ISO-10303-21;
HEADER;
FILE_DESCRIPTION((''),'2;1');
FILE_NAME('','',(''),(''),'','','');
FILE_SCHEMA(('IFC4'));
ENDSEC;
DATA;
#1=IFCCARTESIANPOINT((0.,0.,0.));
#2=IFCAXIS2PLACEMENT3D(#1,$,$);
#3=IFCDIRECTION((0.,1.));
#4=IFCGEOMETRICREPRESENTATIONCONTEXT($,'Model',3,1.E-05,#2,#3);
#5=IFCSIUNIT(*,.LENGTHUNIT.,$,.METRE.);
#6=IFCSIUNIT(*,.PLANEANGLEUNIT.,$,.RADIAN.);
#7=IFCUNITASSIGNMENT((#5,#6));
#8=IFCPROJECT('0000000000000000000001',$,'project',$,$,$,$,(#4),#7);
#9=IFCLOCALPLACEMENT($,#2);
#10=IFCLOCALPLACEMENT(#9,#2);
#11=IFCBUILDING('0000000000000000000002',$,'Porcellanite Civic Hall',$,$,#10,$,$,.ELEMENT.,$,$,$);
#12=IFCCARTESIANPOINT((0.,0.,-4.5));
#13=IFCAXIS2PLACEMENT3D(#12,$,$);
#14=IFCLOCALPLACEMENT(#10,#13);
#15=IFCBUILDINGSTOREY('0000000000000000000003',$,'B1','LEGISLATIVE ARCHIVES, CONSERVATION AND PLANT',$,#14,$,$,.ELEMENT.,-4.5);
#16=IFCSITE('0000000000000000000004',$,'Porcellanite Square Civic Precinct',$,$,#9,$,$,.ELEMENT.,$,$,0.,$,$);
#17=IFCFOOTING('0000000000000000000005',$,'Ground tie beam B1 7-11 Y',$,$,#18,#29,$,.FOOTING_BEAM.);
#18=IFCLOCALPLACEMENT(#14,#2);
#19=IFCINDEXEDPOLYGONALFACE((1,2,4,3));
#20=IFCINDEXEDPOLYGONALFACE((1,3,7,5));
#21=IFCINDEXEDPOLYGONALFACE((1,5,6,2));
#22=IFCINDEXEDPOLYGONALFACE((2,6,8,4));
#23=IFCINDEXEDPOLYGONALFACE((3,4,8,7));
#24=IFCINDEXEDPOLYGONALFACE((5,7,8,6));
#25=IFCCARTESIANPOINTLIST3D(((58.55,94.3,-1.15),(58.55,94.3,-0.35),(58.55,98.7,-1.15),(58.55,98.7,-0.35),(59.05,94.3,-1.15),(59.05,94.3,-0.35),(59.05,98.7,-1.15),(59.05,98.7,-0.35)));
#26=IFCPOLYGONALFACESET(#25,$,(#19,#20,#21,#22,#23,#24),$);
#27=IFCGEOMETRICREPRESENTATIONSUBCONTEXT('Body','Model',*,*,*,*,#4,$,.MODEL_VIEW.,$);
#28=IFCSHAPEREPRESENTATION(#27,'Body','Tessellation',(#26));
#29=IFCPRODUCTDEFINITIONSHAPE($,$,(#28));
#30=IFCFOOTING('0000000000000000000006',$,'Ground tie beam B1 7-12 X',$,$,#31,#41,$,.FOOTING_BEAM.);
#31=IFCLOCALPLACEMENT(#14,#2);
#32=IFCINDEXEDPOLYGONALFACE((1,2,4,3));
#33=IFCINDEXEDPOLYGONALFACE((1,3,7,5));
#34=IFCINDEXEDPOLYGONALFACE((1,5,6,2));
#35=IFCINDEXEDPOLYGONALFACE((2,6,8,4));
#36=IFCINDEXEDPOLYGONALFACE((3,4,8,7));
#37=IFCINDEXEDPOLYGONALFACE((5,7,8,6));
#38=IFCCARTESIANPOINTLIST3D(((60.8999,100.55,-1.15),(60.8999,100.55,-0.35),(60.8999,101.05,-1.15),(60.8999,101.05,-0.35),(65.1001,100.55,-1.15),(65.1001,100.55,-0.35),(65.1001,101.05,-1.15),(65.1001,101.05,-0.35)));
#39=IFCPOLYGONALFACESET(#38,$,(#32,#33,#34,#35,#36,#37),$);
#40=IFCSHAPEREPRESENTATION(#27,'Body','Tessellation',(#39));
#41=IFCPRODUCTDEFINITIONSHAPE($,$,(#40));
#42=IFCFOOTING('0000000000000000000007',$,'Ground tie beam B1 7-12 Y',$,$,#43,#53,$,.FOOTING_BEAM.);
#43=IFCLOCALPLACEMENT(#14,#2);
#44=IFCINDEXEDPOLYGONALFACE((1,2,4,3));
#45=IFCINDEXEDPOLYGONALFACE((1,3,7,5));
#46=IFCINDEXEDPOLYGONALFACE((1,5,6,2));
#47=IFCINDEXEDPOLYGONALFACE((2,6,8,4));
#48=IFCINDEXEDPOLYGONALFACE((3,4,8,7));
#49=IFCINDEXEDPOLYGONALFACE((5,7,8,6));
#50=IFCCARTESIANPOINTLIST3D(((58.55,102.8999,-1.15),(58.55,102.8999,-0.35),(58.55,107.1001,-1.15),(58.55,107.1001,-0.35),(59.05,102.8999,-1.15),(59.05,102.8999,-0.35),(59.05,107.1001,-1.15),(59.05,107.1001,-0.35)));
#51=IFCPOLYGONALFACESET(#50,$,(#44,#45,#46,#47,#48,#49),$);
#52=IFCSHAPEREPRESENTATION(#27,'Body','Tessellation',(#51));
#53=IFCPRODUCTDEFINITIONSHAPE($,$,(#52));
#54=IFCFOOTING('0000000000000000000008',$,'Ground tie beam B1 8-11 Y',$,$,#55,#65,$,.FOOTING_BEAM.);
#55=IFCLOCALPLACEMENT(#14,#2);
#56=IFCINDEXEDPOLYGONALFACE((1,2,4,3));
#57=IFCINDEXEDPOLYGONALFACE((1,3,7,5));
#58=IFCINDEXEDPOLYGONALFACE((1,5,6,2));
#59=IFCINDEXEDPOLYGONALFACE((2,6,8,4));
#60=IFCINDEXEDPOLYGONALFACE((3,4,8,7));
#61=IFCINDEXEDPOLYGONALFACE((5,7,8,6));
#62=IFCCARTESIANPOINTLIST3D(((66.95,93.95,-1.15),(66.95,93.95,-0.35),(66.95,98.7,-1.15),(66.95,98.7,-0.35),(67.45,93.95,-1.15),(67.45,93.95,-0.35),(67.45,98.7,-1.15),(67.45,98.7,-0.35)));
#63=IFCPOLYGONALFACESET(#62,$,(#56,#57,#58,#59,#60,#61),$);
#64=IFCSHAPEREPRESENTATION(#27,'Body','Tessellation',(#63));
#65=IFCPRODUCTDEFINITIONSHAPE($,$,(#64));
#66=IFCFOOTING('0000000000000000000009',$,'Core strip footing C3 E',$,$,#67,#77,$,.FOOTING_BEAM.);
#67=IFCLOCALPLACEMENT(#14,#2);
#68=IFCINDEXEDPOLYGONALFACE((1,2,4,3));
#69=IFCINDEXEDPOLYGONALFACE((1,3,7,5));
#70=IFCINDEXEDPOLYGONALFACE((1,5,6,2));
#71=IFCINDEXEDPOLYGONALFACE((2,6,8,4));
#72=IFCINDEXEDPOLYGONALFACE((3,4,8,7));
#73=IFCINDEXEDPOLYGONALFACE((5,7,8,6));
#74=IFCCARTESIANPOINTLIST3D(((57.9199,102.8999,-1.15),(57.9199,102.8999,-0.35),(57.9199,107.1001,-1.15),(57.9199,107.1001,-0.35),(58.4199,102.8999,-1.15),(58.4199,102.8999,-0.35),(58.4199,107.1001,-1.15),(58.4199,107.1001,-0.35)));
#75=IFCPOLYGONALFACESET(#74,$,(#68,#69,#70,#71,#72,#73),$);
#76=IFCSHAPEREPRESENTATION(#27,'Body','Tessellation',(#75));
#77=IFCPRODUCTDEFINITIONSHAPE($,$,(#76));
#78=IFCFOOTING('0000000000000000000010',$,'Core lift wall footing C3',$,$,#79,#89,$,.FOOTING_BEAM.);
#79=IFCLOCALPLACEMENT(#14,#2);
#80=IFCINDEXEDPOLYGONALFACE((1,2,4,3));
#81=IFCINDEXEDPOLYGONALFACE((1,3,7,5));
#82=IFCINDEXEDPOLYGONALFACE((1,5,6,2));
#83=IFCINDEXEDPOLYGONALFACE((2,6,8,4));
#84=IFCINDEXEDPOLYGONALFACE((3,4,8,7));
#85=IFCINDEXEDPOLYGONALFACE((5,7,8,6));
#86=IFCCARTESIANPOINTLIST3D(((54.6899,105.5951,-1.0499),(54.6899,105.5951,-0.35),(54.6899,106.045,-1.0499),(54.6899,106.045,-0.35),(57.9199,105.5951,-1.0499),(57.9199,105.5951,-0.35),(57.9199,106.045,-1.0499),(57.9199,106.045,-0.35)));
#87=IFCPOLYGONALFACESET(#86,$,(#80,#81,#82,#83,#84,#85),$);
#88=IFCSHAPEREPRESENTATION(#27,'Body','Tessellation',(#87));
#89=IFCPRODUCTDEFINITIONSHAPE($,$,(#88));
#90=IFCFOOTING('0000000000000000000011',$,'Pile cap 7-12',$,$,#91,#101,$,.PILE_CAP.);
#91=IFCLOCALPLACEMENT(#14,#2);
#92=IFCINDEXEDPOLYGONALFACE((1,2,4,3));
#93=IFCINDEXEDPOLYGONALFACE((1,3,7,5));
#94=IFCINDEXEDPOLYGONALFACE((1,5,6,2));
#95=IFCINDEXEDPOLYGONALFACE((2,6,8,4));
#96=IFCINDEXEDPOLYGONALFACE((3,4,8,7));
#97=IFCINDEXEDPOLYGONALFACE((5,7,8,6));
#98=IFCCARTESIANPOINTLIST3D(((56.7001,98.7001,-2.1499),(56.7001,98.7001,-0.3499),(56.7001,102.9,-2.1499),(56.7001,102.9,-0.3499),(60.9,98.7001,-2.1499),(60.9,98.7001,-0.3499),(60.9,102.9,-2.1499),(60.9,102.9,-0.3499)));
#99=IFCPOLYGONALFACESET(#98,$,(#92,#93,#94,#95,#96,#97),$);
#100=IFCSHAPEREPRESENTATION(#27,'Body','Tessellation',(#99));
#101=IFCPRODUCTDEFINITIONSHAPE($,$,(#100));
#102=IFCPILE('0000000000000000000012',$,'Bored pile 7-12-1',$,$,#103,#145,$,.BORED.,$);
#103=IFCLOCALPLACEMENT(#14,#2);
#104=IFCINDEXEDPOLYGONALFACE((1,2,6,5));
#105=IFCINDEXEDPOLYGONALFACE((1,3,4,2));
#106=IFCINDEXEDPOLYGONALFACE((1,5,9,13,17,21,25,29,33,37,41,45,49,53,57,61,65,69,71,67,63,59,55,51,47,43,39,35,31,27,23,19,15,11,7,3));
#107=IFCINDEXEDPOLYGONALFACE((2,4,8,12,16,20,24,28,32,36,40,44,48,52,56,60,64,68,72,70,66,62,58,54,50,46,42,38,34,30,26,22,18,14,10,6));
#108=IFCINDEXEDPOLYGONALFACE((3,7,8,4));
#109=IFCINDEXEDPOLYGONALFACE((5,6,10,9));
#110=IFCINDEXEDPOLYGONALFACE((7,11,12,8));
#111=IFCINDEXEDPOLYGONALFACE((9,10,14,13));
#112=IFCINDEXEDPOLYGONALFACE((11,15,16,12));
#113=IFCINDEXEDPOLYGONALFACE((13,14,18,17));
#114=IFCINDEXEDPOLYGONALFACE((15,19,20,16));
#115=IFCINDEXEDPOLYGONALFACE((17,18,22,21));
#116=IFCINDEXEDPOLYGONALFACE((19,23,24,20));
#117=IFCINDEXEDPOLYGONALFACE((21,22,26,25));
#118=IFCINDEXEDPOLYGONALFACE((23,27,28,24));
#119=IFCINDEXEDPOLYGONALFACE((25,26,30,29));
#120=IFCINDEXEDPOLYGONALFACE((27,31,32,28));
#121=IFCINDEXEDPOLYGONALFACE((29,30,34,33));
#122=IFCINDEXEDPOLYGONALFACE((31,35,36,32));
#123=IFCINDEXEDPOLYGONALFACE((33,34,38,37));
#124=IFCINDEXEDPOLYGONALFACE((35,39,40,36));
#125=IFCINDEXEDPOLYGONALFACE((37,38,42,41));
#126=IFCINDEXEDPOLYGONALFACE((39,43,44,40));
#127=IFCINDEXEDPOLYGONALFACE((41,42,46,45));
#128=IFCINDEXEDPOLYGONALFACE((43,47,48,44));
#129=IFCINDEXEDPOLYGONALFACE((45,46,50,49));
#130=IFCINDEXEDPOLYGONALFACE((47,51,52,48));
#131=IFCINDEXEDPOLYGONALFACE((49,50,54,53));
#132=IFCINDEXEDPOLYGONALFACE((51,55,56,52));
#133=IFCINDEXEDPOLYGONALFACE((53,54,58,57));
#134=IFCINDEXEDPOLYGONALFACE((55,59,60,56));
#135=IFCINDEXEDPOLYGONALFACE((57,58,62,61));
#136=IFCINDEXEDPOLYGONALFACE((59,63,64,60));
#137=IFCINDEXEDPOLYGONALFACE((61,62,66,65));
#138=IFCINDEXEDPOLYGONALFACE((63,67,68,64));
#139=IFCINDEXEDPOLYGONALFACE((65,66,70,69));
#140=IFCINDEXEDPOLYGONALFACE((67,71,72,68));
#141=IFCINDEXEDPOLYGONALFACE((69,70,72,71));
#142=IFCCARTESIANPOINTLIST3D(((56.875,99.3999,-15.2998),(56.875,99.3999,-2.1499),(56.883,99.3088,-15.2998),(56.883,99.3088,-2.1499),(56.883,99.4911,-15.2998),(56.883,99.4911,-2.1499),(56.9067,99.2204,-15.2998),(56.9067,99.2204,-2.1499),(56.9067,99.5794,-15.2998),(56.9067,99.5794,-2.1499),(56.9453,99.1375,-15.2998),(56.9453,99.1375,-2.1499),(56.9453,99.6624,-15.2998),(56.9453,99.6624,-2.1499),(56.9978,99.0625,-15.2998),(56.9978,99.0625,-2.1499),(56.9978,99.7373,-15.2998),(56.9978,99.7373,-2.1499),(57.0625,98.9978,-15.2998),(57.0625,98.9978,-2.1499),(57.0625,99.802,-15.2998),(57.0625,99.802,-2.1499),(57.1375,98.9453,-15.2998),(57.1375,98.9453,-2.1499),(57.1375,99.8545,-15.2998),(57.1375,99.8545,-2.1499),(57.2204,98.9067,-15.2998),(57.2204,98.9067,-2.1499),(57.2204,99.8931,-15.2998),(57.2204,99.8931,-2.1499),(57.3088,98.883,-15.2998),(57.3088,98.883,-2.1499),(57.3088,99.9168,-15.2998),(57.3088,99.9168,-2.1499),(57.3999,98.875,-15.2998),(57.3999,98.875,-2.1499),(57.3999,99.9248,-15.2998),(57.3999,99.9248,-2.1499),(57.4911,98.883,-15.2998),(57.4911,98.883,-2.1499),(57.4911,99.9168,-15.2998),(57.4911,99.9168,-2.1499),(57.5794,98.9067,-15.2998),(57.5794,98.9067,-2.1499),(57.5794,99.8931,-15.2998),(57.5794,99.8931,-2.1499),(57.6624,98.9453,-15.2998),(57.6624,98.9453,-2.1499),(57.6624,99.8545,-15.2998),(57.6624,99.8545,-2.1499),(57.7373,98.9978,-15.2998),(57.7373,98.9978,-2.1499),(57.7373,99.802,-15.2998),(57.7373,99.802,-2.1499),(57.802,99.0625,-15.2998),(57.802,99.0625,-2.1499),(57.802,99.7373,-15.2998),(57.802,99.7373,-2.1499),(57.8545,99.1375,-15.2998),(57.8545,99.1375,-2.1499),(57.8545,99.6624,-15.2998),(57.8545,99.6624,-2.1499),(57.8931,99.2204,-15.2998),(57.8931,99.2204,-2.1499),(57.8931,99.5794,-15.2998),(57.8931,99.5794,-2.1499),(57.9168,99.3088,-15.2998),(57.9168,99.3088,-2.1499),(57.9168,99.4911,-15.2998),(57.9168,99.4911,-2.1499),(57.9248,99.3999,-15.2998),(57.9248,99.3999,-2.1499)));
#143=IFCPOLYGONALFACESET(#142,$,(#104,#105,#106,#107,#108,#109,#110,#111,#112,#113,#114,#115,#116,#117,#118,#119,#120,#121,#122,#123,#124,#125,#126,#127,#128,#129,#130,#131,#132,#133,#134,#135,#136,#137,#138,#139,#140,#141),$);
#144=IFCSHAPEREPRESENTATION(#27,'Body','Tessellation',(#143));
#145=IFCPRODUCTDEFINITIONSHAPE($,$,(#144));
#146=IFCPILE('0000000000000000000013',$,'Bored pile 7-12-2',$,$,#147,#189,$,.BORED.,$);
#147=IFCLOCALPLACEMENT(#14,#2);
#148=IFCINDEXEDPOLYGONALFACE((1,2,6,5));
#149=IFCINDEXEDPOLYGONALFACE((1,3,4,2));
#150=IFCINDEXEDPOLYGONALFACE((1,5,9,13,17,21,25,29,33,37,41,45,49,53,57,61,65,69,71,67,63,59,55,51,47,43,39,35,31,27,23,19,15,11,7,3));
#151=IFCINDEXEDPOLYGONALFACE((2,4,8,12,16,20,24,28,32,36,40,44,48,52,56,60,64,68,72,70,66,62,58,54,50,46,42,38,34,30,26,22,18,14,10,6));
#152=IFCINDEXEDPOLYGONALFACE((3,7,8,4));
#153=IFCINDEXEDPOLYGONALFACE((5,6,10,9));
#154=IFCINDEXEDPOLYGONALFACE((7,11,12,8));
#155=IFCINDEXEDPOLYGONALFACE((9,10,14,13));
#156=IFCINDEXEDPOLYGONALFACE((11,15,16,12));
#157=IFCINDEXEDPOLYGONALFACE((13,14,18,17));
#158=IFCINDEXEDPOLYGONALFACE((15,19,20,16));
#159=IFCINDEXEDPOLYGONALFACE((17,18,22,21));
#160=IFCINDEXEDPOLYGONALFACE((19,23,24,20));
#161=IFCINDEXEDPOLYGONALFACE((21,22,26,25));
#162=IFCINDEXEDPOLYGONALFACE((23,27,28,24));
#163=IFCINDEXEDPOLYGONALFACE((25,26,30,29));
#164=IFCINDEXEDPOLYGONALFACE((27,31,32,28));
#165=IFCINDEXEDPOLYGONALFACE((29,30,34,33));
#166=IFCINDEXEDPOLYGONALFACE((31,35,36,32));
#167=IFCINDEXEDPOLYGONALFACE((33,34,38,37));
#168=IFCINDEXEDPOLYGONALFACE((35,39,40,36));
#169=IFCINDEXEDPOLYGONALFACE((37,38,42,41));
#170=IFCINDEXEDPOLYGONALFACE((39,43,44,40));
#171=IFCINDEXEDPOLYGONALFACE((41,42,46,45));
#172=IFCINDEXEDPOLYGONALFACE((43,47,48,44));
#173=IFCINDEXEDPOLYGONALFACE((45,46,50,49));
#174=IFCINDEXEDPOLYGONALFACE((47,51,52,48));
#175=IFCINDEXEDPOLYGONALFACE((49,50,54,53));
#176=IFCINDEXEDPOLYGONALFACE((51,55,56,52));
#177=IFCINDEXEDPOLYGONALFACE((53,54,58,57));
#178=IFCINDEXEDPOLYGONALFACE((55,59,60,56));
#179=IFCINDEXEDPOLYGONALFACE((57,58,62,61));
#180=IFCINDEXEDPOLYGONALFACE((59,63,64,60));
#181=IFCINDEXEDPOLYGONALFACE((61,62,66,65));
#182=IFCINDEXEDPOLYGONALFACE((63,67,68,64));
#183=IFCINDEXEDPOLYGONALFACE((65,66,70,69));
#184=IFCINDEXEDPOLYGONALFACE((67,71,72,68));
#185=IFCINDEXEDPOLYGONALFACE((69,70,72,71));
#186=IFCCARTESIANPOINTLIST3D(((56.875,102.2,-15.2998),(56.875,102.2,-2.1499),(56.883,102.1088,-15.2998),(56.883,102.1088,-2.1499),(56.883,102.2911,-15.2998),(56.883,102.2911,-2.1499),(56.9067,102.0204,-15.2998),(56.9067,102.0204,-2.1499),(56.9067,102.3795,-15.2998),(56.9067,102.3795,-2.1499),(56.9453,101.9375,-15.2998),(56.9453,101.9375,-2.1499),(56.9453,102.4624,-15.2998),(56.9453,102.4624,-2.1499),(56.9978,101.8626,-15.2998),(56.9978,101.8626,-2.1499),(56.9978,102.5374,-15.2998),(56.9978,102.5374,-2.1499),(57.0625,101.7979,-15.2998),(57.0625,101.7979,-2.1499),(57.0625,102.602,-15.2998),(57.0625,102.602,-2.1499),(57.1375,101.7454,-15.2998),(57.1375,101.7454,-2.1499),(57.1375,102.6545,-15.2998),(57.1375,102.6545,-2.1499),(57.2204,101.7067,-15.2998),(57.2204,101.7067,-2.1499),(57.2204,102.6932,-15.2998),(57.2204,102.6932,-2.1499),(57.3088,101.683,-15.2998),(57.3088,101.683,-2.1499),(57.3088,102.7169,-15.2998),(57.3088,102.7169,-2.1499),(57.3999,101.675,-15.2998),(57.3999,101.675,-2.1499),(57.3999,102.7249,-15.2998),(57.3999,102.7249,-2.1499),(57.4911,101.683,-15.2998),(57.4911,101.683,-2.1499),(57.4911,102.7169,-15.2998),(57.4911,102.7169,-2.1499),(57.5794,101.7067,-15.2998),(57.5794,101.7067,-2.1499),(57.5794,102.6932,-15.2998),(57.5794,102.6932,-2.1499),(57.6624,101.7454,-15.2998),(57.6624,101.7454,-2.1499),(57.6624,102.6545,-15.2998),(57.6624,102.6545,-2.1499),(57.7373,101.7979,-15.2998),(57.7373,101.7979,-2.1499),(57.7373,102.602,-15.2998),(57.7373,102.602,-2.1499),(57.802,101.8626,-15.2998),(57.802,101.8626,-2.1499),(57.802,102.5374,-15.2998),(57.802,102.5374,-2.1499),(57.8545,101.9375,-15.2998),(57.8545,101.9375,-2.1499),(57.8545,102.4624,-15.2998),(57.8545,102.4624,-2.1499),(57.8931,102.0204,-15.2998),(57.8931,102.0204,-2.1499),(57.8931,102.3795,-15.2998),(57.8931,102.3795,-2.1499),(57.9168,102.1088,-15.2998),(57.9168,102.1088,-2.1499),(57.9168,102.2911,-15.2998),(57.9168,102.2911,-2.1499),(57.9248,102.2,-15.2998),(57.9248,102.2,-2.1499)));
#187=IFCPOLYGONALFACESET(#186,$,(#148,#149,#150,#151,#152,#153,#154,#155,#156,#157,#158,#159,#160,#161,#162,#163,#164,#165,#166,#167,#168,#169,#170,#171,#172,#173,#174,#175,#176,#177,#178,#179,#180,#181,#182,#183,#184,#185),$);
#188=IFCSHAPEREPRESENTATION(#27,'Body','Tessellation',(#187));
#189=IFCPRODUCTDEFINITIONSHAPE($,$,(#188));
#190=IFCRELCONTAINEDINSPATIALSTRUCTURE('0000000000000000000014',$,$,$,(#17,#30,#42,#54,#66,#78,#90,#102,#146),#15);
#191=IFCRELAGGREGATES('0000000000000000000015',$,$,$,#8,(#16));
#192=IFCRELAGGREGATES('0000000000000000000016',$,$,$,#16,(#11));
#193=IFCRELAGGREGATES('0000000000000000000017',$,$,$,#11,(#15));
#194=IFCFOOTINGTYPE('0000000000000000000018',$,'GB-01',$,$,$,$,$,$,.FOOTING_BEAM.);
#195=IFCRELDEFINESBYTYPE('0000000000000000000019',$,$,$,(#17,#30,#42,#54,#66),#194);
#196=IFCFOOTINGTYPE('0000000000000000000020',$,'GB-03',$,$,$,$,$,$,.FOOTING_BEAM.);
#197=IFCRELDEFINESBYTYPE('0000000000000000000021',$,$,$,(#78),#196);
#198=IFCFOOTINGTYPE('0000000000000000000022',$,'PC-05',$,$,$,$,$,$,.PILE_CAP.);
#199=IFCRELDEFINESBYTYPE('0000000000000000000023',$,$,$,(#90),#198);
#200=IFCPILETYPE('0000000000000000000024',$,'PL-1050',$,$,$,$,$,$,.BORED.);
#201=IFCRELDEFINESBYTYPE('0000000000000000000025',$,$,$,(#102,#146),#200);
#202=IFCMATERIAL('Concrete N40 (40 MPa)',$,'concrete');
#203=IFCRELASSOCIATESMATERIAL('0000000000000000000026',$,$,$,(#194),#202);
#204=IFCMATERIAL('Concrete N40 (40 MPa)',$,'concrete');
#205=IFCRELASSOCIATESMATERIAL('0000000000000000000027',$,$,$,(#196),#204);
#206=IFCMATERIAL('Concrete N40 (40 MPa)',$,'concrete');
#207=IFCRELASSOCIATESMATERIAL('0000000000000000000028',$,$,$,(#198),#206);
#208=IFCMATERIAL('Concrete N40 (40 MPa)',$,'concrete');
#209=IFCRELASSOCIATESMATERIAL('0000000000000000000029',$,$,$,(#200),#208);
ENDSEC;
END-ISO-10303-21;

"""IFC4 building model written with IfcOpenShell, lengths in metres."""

from ifc_helpers import new_model, si_unit, direction, frame, origin, origin_2d, place, context, subcontext, project, spatial, rectangle, circle, extrude, material, material_profile, profile_set, type_object, element, save


model = new_model("IFC4")

# Units and contexts
model_context = context("Model", 3, precision=1e-05, world=origin(), true_north=direction((0.0, 1.0)))
body_context = subcontext(model_context, "Body", "Model", "MODEL_VIEW")
ifc_project = project(units=[si_unit("LENGTHUNIT", "METRE"), si_unit("PLANEANGLEUNIT", "RADIAN")], contexts=[model_context])

# Site, building, storey
site_placement = place(None, origin())
site = spatial("IfcSite", under=ifc_project, at=site_placement, Name="Porcellanite Square Civic Precinct", CompositionType="ELEMENT", RefElevation=0.0)
building_placement = place(site_placement, origin())
building = spatial("IfcBuilding", under=site, at=building_placement, Name="Porcellanite Civic Hall", CompositionType="ELEMENT")
storey_placement = place(building_placement, frame((0.0, 0.0, -4.5)))
storey = spatial("IfcBuildingStorey", under=building, at=storey_placement, Name="B1", Description="LEGISLATIVE ARCHIVES, CONSERVATION AND PLANT", CompositionType="ELEMENT", Elevation=-4.5)

# Footings
ifc_material_1 = material(Name="Concrete N40 (40 MPa)", Category="concrete")
ifc_material_profile_1 = material_profile(ifc_material_1, rectangle(XDim=0.5, YDim=0.8, at=origin_2d()), Name="RC-500x800")
ifc_profile_set_1 = profile_set([ifc_material_profile_1], Name="Concrete N40 (40 MPa)")
footing_type_1 = type_object("IfcFootingType", Name="GB-01", PredefinedType="FOOTING_BEAM", material=ifc_profile_set_1)
footing_1_placement = place(storey_placement, frame((58.8, 94.3, -0.75), z_axis=(0.0, 1.0, 0.0), x_axis=(-1.0, 0.0, 0.0)))
element("IfcFooting", 1, at=footing_1_placement, inside=storey, type_object=footing_type_1, Name="Ground tie beam B1 7-11 Y", PredefinedType="FOOTING_BEAM", context=body_context, shape_type="SweptSolid", body=[
    extrude(rectangle(XDim=0.5, YDim=0.8, at=origin_2d()), origin(), (0.0, 0.0, 1.0), 4.3999),
])
for number, where, z_axis, x_axis, name in (
    (2, (60.8999, 100.8, -0.75), (1.0, 0.0, 0.0), (0.0, 1.0, 0.0), "Ground tie beam B1 7-12 X"),
    (3, (58.8, 102.8999, -0.75), (0.0, 1.0, 0.0), (-1.0, 0.0, 0.0), "Ground tie beam B1 7-12 Y"),
):
    element("IfcFooting", number, at=place(storey_placement, frame(where, z_axis=z_axis, x_axis=x_axis)), inside=storey, type_object=footing_type_1, Name=name, PredefinedType="FOOTING_BEAM", context=body_context, shape_type="SweptSolid", body=[
        extrude(rectangle(XDim=0.5, YDim=0.8, at=origin_2d()), origin(), (0.0, 0.0, 1.0), 4.2002),
    ])
footing_2_placement = place(storey_placement, frame((67.2, 93.95, -0.75), z_axis=(0.0, 1.0, 0.0), x_axis=(-1.0, 0.0, 0.0)))
element("IfcFooting", 4, at=footing_2_placement, inside=storey, type_object=footing_type_1, Name="Ground tie beam B1 8-11 Y", PredefinedType="FOOTING_BEAM", context=body_context, shape_type="SweptSolid", body=[
    extrude(rectangle(XDim=0.5, YDim=0.8, at=origin_2d()), origin(), (0.0, 0.0, 1.0), 4.75),
])
footing_3_placement = place(storey_placement, frame((58.1699, 102.8999, -0.75), z_axis=(0.0, 1.0, 0.0), x_axis=(-1.0, 0.0, 0.0)))
element("IfcFooting", 5, at=footing_3_placement, inside=storey, type_object=footing_type_1, Name="Core strip footing C3 E", PredefinedType="FOOTING_BEAM", context=body_context, shape_type="SweptSolid", body=[
    extrude(rectangle(XDim=0.5, YDim=0.8, at=origin_2d()), origin(), (0.0, 0.0, 1.0), 4.2002),
])
ifc_material_2 = material(Name="Concrete N40 (40 MPa)", Category="concrete")
ifc_material_profile_2 = material_profile(ifc_material_2, rectangle(XDim=0.45, YDim=0.7, at=origin_2d()), Name="RC-450x700")
ifc_profile_set_2 = profile_set([ifc_material_profile_2], Name="Concrete N40 (40 MPa)")
footing_type_2 = type_object("IfcFootingType", Name="GB-03", PredefinedType="FOOTING_BEAM", material=ifc_profile_set_2)
footing_4_placement = place(storey_placement, frame((54.6899, 105.8201, -0.7), z_axis=(1.0, 0.0, 0.0), x_axis=(0.0, 1.0, 0.0)))
element("IfcFooting", 6, at=footing_4_placement, inside=storey, type_object=footing_type_2, Name="Core lift wall footing C3", PredefinedType="FOOTING_BEAM", context=body_context, shape_type="SweptSolid", body=[
    extrude(rectangle(XDim=0.45, YDim=0.7, at=origin_2d()), origin(), (0.0, 0.0, 1.0), 3.23),
])
ifc_material_3 = material(Name="Concrete N40 (40 MPa)", Category="concrete")
footing_type_3 = type_object("IfcFootingType", Name="PC-05", PredefinedType="PILE_CAP", material=ifc_material_3)
footing_5_placement = place(storey_placement, frame((58.8, 100.8, -2.1499), z_axis=(0.0, 0.0, 1.0), x_axis=(1.0, 0.0, 0.0)))
element("IfcFooting", 7, at=footing_5_placement, inside=storey, type_object=footing_type_3, Name="Pile cap 7-12", PredefinedType="PILE_CAP", context=body_context, shape_type="SweptSolid", body=[
    extrude(rectangle(XDim=4.2, YDim=4.2, at=origin_2d()), origin(), (0.0, 0.0, 1.0), 1.8),
])

# Piles
ifc_material_4 = material(Name="Concrete N40 (40 MPa)", Category="concrete")
ifc_material_profile_3 = material_profile(ifc_material_4, circle(Radius=0.5249, at=origin_2d()), Name="PILE-D1050")
ifc_profile_set_3 = profile_set([ifc_material_profile_3], Name="Concrete N40 (40 MPa)")
pile_type = type_object("IfcPileType", Name="PL-1050", PredefinedType="BORED", material=ifc_profile_set_3)
for number, where, z_axis, x_axis, name in (
    (8, (57.3999, 99.3999, -2.1499), (0.0, 0.0, -1.0), (1.0, 0.0, 0.0), "Bored pile 7-12-1"),
    (9, (57.3999, 102.2, -2.1499), (0.0, 0.0, -1.0), (1.0, 0.0, 0.0), "Bored pile 7-12-2"),
):
    element("IfcPile", number, at=place(storey_placement, frame(where, z_axis=z_axis, x_axis=x_axis)), inside=storey, type_object=pile_type, Name=name, PredefinedType="BORED", context=body_context, shape_type="SweptSolid", body=[
        extrude(circle(Radius=0.5249, at=origin_2d()), origin(), (0.0, 0.0, 1.0), 13.1499),
    ])

save(model, "model.ifc")
